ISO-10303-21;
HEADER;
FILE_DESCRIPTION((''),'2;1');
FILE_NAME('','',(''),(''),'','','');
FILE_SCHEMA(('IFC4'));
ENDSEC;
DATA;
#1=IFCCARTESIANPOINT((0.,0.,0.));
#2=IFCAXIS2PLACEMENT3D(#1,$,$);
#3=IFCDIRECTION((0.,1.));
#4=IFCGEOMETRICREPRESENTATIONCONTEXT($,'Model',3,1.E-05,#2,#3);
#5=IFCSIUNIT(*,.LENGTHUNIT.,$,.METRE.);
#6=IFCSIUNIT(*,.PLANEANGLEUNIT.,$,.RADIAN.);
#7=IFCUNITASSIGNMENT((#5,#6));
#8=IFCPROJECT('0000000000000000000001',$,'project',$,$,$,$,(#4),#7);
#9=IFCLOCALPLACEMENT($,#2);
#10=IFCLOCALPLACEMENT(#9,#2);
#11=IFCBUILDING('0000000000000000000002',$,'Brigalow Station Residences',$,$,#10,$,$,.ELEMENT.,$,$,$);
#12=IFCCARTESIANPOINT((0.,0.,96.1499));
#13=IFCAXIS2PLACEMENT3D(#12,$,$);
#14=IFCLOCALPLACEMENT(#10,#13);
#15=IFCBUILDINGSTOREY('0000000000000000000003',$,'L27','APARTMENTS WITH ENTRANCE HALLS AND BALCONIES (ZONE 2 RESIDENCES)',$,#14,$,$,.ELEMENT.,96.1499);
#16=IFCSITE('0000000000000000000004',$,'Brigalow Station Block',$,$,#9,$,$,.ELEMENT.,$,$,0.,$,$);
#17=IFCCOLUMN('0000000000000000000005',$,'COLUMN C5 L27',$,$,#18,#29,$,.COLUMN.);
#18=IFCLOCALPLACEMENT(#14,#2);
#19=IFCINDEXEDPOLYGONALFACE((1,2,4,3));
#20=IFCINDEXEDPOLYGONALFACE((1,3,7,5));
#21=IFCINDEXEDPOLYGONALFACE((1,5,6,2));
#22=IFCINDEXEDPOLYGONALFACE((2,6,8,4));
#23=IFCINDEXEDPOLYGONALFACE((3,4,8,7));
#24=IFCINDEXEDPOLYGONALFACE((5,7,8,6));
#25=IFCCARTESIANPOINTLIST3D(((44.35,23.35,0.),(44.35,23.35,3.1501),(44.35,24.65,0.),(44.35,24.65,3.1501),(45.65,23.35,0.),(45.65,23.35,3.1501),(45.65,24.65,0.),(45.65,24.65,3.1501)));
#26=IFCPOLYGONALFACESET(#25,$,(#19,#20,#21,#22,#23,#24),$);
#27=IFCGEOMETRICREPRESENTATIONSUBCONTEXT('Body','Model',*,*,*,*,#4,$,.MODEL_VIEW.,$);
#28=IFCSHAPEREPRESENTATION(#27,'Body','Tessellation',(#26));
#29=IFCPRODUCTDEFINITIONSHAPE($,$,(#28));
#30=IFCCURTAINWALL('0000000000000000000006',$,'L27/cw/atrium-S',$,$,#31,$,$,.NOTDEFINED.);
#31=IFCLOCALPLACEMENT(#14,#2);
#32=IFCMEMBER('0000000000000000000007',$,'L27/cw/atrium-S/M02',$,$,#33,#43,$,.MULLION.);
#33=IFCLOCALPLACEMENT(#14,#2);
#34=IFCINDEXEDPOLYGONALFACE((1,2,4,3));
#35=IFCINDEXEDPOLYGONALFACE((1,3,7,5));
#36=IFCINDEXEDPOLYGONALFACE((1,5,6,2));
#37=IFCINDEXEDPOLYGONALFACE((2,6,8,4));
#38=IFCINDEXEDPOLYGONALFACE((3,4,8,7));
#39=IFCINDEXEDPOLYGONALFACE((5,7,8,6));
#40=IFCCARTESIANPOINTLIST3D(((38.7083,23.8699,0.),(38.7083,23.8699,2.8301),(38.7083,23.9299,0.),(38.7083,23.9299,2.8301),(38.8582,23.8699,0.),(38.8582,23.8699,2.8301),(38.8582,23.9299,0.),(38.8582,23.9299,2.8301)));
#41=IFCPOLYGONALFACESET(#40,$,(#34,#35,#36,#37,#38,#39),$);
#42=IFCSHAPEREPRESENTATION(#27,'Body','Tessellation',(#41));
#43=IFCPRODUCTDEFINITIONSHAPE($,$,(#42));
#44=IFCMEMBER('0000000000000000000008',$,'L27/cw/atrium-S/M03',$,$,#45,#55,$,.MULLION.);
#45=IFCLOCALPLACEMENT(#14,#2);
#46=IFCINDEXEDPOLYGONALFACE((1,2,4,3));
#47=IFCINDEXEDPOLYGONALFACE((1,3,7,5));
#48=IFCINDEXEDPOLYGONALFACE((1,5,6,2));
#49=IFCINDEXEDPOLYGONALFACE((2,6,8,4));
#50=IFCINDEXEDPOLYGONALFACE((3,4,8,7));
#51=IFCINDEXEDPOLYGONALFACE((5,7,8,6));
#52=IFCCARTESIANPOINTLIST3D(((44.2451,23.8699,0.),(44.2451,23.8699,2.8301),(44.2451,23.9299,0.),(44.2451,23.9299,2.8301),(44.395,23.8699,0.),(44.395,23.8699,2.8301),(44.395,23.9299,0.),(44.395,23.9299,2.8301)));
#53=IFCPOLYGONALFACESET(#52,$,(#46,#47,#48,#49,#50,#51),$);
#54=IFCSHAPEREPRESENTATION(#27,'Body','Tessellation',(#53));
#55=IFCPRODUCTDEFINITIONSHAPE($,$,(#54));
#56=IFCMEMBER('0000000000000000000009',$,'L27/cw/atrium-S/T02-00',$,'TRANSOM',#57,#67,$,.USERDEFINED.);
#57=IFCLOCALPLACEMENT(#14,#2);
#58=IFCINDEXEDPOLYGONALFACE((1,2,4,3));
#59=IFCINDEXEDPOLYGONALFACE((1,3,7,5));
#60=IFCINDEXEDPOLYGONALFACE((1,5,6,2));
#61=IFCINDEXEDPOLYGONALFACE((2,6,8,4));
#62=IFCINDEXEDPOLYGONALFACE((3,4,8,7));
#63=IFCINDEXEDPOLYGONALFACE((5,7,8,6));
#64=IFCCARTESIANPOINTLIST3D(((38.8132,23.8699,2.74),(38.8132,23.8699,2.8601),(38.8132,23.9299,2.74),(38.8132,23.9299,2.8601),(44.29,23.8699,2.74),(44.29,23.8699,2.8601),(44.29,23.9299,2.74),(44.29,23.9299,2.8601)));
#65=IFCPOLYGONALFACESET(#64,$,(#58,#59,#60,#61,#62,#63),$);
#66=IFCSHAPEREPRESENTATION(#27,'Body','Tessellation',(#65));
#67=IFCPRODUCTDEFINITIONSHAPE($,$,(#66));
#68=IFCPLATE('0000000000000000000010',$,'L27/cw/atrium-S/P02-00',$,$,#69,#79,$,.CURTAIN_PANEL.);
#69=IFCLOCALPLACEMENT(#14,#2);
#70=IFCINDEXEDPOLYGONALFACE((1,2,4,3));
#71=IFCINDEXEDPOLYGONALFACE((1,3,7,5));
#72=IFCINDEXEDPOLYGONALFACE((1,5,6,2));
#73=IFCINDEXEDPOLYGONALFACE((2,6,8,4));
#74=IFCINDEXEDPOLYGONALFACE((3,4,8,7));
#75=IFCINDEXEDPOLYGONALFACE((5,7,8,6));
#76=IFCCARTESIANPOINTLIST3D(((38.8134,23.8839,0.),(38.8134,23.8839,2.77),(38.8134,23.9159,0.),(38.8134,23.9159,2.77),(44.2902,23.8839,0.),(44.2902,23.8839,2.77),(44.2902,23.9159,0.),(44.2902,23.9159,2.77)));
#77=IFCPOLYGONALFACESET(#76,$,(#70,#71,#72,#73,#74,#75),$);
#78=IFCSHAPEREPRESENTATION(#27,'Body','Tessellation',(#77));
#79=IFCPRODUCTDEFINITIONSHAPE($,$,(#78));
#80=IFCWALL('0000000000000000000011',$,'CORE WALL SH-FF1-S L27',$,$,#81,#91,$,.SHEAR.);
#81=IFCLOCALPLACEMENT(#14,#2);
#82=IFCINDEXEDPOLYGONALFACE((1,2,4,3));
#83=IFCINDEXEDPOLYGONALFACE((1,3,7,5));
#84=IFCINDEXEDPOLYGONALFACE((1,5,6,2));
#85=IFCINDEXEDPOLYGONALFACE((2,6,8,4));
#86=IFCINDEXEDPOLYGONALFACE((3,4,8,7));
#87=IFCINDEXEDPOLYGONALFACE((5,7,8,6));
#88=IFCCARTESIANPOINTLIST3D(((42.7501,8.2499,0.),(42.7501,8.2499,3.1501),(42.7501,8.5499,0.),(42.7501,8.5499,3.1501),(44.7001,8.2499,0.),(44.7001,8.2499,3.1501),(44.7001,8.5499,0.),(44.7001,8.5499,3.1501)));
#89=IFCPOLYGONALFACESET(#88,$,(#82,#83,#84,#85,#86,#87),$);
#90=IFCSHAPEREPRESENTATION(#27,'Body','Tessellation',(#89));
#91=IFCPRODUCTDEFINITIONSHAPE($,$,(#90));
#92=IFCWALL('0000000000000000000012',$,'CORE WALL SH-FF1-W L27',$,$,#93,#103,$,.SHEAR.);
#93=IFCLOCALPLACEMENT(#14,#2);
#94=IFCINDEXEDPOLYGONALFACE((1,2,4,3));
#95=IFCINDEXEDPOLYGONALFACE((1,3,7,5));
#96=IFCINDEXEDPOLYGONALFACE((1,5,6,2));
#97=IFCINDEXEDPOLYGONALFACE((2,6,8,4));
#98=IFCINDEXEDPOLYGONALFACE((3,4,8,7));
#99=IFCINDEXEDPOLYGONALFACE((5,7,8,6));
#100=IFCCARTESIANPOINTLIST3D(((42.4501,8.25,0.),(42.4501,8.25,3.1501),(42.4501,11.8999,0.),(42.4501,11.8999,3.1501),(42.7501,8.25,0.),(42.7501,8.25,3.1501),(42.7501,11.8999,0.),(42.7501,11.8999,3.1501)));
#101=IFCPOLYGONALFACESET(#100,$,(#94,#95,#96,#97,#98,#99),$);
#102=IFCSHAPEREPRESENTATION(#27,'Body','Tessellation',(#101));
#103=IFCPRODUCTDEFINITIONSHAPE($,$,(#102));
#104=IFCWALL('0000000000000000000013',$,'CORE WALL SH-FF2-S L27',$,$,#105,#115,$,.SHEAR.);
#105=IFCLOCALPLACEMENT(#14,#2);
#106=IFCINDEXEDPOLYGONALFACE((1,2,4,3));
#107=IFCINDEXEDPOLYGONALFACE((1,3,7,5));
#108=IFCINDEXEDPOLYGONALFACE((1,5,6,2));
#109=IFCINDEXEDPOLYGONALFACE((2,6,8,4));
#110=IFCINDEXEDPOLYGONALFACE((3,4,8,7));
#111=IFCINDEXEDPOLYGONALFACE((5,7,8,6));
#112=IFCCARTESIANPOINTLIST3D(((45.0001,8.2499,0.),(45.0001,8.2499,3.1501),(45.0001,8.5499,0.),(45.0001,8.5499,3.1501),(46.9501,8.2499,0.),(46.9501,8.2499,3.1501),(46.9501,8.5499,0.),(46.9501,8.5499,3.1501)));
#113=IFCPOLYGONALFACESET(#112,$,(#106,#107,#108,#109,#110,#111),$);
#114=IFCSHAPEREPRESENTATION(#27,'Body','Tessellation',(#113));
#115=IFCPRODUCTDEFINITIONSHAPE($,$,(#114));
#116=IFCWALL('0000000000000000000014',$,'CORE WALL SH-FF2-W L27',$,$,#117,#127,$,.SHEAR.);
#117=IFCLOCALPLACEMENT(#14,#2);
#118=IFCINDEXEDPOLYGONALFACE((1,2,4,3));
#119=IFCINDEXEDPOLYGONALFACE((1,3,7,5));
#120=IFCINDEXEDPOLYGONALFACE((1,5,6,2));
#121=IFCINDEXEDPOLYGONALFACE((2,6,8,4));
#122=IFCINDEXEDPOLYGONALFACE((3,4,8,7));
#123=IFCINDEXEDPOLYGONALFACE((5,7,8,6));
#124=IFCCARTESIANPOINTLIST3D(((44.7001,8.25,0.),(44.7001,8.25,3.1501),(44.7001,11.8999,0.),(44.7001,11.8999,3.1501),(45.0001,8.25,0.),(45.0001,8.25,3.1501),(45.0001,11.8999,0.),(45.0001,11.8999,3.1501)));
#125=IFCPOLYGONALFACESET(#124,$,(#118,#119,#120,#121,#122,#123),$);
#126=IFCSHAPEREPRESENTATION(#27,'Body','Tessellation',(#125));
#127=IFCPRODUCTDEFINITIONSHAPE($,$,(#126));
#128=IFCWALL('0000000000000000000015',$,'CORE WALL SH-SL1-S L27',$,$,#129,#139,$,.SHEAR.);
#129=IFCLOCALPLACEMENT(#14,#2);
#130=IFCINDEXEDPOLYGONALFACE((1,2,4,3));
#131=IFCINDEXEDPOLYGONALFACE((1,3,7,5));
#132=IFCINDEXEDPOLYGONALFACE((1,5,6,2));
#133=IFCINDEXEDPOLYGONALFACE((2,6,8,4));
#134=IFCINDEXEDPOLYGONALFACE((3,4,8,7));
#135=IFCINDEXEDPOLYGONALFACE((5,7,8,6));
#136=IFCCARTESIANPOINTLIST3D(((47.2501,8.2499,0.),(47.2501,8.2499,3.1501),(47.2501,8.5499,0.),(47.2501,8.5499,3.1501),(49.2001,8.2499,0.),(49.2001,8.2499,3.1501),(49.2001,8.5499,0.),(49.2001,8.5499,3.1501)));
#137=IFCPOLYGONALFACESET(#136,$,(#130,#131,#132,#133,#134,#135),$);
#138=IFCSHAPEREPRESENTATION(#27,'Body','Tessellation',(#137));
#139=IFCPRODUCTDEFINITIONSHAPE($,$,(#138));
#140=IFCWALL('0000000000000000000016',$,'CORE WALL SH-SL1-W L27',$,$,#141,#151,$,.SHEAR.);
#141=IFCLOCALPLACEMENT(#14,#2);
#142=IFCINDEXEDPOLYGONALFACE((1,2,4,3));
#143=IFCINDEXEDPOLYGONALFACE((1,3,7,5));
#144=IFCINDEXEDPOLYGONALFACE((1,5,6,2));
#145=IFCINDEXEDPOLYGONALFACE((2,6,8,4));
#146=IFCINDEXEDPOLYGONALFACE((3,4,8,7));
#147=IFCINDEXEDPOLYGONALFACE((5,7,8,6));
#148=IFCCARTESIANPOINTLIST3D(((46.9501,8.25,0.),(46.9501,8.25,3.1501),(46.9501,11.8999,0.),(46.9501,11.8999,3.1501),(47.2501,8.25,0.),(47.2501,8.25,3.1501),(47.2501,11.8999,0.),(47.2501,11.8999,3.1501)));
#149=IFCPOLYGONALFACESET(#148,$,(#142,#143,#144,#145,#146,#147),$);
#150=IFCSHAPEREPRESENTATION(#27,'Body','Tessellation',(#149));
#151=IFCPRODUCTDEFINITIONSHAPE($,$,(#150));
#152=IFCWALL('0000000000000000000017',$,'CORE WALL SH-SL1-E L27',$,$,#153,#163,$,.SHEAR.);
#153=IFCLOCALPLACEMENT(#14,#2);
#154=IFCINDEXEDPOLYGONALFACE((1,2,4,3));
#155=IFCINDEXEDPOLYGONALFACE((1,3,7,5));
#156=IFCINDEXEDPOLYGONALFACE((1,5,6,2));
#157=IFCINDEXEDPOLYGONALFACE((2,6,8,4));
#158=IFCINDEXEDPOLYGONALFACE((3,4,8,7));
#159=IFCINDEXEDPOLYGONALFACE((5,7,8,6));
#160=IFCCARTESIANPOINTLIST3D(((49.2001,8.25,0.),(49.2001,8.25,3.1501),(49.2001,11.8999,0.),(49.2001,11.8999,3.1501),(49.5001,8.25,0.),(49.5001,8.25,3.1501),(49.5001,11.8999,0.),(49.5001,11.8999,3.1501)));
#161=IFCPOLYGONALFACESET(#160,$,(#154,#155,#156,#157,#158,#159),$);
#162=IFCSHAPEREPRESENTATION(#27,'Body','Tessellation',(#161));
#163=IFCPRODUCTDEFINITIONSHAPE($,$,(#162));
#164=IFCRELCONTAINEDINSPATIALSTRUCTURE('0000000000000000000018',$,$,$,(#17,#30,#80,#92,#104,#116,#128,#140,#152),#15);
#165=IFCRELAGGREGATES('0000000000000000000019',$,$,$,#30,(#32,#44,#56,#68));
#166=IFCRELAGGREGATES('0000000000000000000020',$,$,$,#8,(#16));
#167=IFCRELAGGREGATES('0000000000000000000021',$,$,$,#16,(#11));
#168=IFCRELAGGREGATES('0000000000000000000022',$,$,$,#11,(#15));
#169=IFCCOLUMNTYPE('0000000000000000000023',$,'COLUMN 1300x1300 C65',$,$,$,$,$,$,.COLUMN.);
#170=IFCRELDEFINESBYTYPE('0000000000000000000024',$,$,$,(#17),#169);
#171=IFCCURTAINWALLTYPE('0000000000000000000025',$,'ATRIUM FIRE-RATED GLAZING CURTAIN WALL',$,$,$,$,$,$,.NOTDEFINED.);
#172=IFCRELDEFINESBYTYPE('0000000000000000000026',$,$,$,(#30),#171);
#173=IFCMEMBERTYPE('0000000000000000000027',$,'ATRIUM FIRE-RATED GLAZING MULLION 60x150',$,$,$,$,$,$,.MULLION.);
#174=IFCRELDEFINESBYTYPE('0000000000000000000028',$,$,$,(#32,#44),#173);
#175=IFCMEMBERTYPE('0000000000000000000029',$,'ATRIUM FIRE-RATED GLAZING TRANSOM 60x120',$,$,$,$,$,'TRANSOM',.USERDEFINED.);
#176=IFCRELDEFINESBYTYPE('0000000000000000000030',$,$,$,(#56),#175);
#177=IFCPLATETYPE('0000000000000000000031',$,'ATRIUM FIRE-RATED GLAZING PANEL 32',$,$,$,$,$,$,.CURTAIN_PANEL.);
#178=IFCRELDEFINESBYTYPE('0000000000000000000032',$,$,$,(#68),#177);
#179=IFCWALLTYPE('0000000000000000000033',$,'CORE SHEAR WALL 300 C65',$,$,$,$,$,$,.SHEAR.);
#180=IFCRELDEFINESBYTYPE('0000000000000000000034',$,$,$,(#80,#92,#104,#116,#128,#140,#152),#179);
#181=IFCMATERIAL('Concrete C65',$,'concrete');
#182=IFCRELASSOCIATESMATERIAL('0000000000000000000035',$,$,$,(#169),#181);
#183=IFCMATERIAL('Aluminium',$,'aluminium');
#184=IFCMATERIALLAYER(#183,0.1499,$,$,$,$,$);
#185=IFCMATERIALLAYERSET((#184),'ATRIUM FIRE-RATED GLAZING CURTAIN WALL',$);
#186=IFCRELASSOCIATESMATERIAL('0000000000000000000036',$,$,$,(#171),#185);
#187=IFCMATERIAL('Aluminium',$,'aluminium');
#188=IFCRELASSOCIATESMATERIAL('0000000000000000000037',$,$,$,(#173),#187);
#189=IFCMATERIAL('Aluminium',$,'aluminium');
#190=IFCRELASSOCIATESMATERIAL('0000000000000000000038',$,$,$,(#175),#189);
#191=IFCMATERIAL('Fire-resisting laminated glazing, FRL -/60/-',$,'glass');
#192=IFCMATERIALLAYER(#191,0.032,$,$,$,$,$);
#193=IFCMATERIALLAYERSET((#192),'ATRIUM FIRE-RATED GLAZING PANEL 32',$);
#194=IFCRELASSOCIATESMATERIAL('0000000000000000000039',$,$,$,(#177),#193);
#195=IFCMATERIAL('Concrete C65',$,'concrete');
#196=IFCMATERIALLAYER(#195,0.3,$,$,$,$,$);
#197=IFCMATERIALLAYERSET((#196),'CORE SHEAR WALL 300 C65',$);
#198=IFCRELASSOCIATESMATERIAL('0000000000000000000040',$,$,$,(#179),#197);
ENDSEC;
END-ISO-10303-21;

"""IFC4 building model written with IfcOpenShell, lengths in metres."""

from ifc_helpers import new_model, si_unit, direction, frame, frame_2d, origin, origin_2d, place, context, subcontext, project, spatial, rectangle, extrude, material, layer, layer_set, material_profile, profile_set, type_object, element, aggregate, save


model = new_model("IFC4")

# Units and contexts
model_context = context("Model", 3, precision=1e-05, world=origin(), true_north=direction((0.0, 1.0)))
body_context = subcontext(model_context, "Body", "Model", "MODEL_VIEW")
ifc_project = project(units=[si_unit("LENGTHUNIT", "METRE"), si_unit("PLANEANGLEUNIT", "RADIAN")], contexts=[model_context])

# Site, building, storey
site_placement = place(None, origin())
site = spatial("IfcSite", under=ifc_project, at=site_placement, Name="Brigalow Station Block", CompositionType="ELEMENT", RefElevation=0.0)
building_placement = place(site_placement, origin())
building = spatial("IfcBuilding", under=site, at=building_placement, Name="Brigalow Station Residences", CompositionType="ELEMENT")
storey_placement = place(building_placement, frame((0.0, 0.0, 96.1499)))
storey = spatial("IfcBuildingStorey", under=building, at=storey_placement, Name="L27", Description="APARTMENTS WITH ENTRANCE HALLS AND BALCONIES (ZONE 2 RESIDENCES)", CompositionType="ELEMENT", Elevation=96.1499)

# Column
ifc_material_1 = material(Name="Concrete C65", Category="concrete")
ifc_material_profile_1 = material_profile(ifc_material_1, rectangle(XDim=1.3, YDim=1.3, at=origin_2d()), Name="RC1300x1300")
ifc_profile_set_1 = profile_set([ifc_material_profile_1], Name="Concrete C65")
column_type = type_object("IfcColumnType", Name="COLUMN 1300x1300 C65", PredefinedType="COLUMN", material=ifc_profile_set_1)
column_placement = place(storey_placement, frame((45.0, 24.0, 0.0), z_axis=(0.0, 0.0, 1.0), x_axis=(1.0, 0.0, 0.0)))
element("IfcColumn", 1, at=column_placement, inside=storey, type_object=column_type, Name="COLUMN C5 L27", PredefinedType="COLUMN", context=body_context, shape_type="SweptSolid", body=[
    extrude(rectangle(XDim=1.3, YDim=1.3, at=origin_2d()), origin(), (0.0, 0.0, 1.0), 3.1501),
])

# Curtain wall, members, plate
ifc_material_2 = material(Name="Aluminium", Category="aluminium")
ifc_layer_1 = layer(ifc_material_2, 0.1499)
ifc_layer_set_1 = layer_set([ifc_layer_1], Name="ATRIUM FIRE-RATED GLAZING CURTAIN WALL")
curtain_wall_type = type_object("IfcCurtainWallType", Name="ATRIUM FIRE-RATED GLAZING CURTAIN WALL", PredefinedType="NOTDEFINED", material=ifc_layer_set_1)
curtain_wall_placement = place(storey_placement, origin())
curtain_wall = element("IfcCurtainWall", 2, at=curtain_wall_placement, inside=storey, type_object=curtain_wall_type, Name="L27/cw/atrium-S", PredefinedType="NOTDEFINED")
ifc_material_3 = material(Name="Aluminium", Category="aluminium")
ifc_material_profile_2 = material_profile(ifc_material_3, rectangle(XDim=0.0601, YDim=0.1499, at=origin_2d()), Name="ATRIUM FIRE-RATED GLAZING MULLION 60x150")
ifc_profile_set_2 = profile_set([ifc_material_profile_2], Name="Aluminium")
member_type_1 = type_object("IfcMemberType", Name="ATRIUM FIRE-RATED GLAZING MULLION 60x150", PredefinedType="MULLION", material=ifc_profile_set_2)
member_1_placement = place(storey_placement, frame((38.7832, 23.8999, 0.0), z_axis=(0.0, 0.0, 1.0), x_axis=(0.0, 1.0, 0.0)))
member_1 = element("IfcMember", 3, at=member_1_placement, type_object=member_type_1, Name="L27/cw/atrium-S/M02", PredefinedType="MULLION", context=body_context, shape_type="SweptSolid", body=[
    extrude(rectangle(XDim=0.0601, YDim=0.1499, at=origin_2d()), origin(), (0.0, 0.0, 1.0), 2.8301),
])
member_2_placement = place(storey_placement, frame((44.3201, 23.8999, 0.0), z_axis=(0.0, 0.0, 1.0), x_axis=(0.0, 1.0, 0.0)))
member_2 = element("IfcMember", 4, at=member_2_placement, type_object=member_type_1, Name="L27/cw/atrium-S/M03", PredefinedType="MULLION", context=body_context, shape_type="SweptSolid", body=[
    extrude(rectangle(XDim=0.0601, YDim=0.1499, at=origin_2d()), origin(), (0.0, 0.0, 1.0), 2.8301),
])
ifc_material_4 = material(Name="Aluminium", Category="aluminium")
ifc_material_profile_3 = material_profile(ifc_material_4, rectangle(XDim=0.0601, YDim=0.1201, at=origin_2d()), Name="ATRIUM FIRE-RATED GLAZING TRANSOM 60x120")
ifc_profile_set_3 = profile_set([ifc_material_profile_3], Name="Aluminium")
member_type_2 = type_object("IfcMemberType", Name="ATRIUM FIRE-RATED GLAZING TRANSOM 60x120", ElementType="TRANSOM", PredefinedType="USERDEFINED", material=ifc_profile_set_3)
member_3_placement = place(storey_placement, frame((38.8132, 23.8999, 2.8), z_axis=(1.0, 0.0, 0.0), x_axis=(0.0, 1.0, 0.0)))
member_3 = element("IfcMember", 5, at=member_3_placement, type_object=member_type_2, Name="L27/cw/atrium-S/T02-00", ObjectType="TRANSOM", PredefinedType="USERDEFINED", context=body_context, shape_type="SweptSolid", body=[
    extrude(rectangle(XDim=0.0601, YDim=0.1201, at=origin_2d()), origin(), (0.0, 0.0, 1.0), 5.4768),
])
ifc_material_5 = material(Name="Fire-resisting laminated glazing, FRL -/60/-", Category="glass")
ifc_layer_2 = layer(ifc_material_5, 0.032)
ifc_layer_set_2 = layer_set([ifc_layer_2], Name="ATRIUM FIRE-RATED GLAZING PANEL 32")
plate_type = type_object("IfcPlateType", Name="ATRIUM FIRE-RATED GLAZING PANEL 32", PredefinedType="CURTAIN_PANEL", material=ifc_layer_set_2)
plate_placement = place(storey_placement, frame((41.5518, 23.8999, 0.0), z_axis=(0.0, 0.0, 1.0), x_axis=(1.0, 0.0, 0.0)))
plate = element("IfcPlate", 6, at=plate_placement, type_object=plate_type, Name="L27/cw/atrium-S/P02-00", PredefinedType="CURTAIN_PANEL", context=body_context, shape_type="SweptSolid", body=[
    extrude(rectangle(XDim=5.4768, YDim=0.032, at=origin_2d()), origin(), (0.0, 0.0, 1.0), 2.77),
])
aggregate(curtain_wall, [member_1, member_2, member_3, plate])

# Walls
ifc_material_6 = material(Name="Concrete C65", Category="concrete")
ifc_layer_3 = layer(ifc_material_6, 0.3)
ifc_layer_set_3 = layer_set([ifc_layer_3], Name="CORE SHEAR WALL 300 C65")
wall_type_1 = type_object("IfcWallType", Name="CORE SHEAR WALL 300 C65", PredefinedType="SHEAR", material=ifc_layer_set_3)
wall_1_placement = place(storey_placement, frame((42.75, 8.3999, 0.0), z_axis=(0.0, 0.0, 1.0), x_axis=(1.0, 0.0, 0.0)))
element("IfcWall", 7, at=wall_1_placement, inside=storey, type_object=wall_type_1, Name="CORE WALL SH-FF1-S L27", PredefinedType="SHEAR", context=body_context, shape_type="SweptSolid", body=[
    extrude(rectangle(XDim=1.95, YDim=0.3, at=frame_2d((0.9751, 0.0))), origin(), (0.0, 0.0, 1.0), 3.1501),
])
wall_2_placement = place(storey_placement, frame((42.6001, 8.25, 0.0), z_axis=(0.0, 0.0, 1.0), x_axis=(0.0, 1.0, 0.0)))
element("IfcWall", 8, at=wall_2_placement, inside=storey, type_object=wall_type_1, Name="CORE WALL SH-FF1-W L27", PredefinedType="SHEAR", context=body_context, shape_type="SweptSolid", body=[
    extrude(rectangle(XDim=3.6499, YDim=0.3, at=frame_2d((1.825, 0.0))), origin(), (0.0, 0.0, 1.0), 3.1501),
])
wall_3_placement = place(storey_placement, frame((45.0, 8.3999, 0.0), z_axis=(0.0, 0.0, 1.0), x_axis=(1.0, 0.0, 0.0)))
element("IfcWall", 9, at=wall_3_placement, inside=storey, type_object=wall_type_1, Name="CORE WALL SH-FF2-S L27", PredefinedType="SHEAR", context=body_context, shape_type="SweptSolid", body=[
    extrude(rectangle(XDim=1.95, YDim=0.3, at=frame_2d((0.9751, 0.0))), origin(), (0.0, 0.0, 1.0), 3.1501),
])
wall_4_placement = place(storey_placement, frame((44.8501, 8.25, 0.0), z_axis=(0.0, 0.0, 1.0), x_axis=(0.0, 1.0, 0.0)))
element("IfcWall", 10, at=wall_4_placement, inside=storey, type_object=wall_type_1, Name="CORE WALL SH-FF2-W L27", PredefinedType="SHEAR", context=body_context, shape_type="SweptSolid", body=[
    extrude(rectangle(XDim=3.6499, YDim=0.3, at=frame_2d((1.825, 0.0))), origin(), (0.0, 0.0, 1.0), 3.1501),
])
wall_5_placement = place(storey_placement, frame((47.25, 8.3999, 0.0), z_axis=(0.0, 0.0, 1.0), x_axis=(1.0, 0.0, 0.0)))
element("IfcWall", 11, at=wall_5_placement, inside=storey, type_object=wall_type_1, Name="CORE WALL SH-SL1-S L27", PredefinedType="SHEAR", context=body_context, shape_type="SweptSolid", body=[
    extrude(rectangle(XDim=1.95, YDim=0.3, at=frame_2d((0.9751, 0.0))), origin(), (0.0, 0.0, 1.0), 3.1501),
])
for number, where, z_axis, x_axis, name in (
    (12, (47.1001, 8.25, 0.0), (0.0, 0.0, 1.0), (0.0, 1.0, 0.0), "CORE WALL SH-SL1-W L27"),
    (13, (49.3501, 8.25, 0.0), (0.0, 0.0, 1.0), (0.0, 1.0, 0.0), "CORE WALL SH-SL1-E L27"),
):
    element("IfcWall", number, at=place(storey_placement, frame(where, z_axis=z_axis, x_axis=x_axis)), inside=storey, type_object=wall_type_1, Name=name, PredefinedType="SHEAR", context=body_context, shape_type="SweptSolid", body=[
        extrude(rectangle(XDim=3.6499, YDim=0.3, at=frame_2d((1.825, 0.0))), origin(), (0.0, 0.0, 1.0), 3.1501),
    ])

save(model, "model.ifc")
